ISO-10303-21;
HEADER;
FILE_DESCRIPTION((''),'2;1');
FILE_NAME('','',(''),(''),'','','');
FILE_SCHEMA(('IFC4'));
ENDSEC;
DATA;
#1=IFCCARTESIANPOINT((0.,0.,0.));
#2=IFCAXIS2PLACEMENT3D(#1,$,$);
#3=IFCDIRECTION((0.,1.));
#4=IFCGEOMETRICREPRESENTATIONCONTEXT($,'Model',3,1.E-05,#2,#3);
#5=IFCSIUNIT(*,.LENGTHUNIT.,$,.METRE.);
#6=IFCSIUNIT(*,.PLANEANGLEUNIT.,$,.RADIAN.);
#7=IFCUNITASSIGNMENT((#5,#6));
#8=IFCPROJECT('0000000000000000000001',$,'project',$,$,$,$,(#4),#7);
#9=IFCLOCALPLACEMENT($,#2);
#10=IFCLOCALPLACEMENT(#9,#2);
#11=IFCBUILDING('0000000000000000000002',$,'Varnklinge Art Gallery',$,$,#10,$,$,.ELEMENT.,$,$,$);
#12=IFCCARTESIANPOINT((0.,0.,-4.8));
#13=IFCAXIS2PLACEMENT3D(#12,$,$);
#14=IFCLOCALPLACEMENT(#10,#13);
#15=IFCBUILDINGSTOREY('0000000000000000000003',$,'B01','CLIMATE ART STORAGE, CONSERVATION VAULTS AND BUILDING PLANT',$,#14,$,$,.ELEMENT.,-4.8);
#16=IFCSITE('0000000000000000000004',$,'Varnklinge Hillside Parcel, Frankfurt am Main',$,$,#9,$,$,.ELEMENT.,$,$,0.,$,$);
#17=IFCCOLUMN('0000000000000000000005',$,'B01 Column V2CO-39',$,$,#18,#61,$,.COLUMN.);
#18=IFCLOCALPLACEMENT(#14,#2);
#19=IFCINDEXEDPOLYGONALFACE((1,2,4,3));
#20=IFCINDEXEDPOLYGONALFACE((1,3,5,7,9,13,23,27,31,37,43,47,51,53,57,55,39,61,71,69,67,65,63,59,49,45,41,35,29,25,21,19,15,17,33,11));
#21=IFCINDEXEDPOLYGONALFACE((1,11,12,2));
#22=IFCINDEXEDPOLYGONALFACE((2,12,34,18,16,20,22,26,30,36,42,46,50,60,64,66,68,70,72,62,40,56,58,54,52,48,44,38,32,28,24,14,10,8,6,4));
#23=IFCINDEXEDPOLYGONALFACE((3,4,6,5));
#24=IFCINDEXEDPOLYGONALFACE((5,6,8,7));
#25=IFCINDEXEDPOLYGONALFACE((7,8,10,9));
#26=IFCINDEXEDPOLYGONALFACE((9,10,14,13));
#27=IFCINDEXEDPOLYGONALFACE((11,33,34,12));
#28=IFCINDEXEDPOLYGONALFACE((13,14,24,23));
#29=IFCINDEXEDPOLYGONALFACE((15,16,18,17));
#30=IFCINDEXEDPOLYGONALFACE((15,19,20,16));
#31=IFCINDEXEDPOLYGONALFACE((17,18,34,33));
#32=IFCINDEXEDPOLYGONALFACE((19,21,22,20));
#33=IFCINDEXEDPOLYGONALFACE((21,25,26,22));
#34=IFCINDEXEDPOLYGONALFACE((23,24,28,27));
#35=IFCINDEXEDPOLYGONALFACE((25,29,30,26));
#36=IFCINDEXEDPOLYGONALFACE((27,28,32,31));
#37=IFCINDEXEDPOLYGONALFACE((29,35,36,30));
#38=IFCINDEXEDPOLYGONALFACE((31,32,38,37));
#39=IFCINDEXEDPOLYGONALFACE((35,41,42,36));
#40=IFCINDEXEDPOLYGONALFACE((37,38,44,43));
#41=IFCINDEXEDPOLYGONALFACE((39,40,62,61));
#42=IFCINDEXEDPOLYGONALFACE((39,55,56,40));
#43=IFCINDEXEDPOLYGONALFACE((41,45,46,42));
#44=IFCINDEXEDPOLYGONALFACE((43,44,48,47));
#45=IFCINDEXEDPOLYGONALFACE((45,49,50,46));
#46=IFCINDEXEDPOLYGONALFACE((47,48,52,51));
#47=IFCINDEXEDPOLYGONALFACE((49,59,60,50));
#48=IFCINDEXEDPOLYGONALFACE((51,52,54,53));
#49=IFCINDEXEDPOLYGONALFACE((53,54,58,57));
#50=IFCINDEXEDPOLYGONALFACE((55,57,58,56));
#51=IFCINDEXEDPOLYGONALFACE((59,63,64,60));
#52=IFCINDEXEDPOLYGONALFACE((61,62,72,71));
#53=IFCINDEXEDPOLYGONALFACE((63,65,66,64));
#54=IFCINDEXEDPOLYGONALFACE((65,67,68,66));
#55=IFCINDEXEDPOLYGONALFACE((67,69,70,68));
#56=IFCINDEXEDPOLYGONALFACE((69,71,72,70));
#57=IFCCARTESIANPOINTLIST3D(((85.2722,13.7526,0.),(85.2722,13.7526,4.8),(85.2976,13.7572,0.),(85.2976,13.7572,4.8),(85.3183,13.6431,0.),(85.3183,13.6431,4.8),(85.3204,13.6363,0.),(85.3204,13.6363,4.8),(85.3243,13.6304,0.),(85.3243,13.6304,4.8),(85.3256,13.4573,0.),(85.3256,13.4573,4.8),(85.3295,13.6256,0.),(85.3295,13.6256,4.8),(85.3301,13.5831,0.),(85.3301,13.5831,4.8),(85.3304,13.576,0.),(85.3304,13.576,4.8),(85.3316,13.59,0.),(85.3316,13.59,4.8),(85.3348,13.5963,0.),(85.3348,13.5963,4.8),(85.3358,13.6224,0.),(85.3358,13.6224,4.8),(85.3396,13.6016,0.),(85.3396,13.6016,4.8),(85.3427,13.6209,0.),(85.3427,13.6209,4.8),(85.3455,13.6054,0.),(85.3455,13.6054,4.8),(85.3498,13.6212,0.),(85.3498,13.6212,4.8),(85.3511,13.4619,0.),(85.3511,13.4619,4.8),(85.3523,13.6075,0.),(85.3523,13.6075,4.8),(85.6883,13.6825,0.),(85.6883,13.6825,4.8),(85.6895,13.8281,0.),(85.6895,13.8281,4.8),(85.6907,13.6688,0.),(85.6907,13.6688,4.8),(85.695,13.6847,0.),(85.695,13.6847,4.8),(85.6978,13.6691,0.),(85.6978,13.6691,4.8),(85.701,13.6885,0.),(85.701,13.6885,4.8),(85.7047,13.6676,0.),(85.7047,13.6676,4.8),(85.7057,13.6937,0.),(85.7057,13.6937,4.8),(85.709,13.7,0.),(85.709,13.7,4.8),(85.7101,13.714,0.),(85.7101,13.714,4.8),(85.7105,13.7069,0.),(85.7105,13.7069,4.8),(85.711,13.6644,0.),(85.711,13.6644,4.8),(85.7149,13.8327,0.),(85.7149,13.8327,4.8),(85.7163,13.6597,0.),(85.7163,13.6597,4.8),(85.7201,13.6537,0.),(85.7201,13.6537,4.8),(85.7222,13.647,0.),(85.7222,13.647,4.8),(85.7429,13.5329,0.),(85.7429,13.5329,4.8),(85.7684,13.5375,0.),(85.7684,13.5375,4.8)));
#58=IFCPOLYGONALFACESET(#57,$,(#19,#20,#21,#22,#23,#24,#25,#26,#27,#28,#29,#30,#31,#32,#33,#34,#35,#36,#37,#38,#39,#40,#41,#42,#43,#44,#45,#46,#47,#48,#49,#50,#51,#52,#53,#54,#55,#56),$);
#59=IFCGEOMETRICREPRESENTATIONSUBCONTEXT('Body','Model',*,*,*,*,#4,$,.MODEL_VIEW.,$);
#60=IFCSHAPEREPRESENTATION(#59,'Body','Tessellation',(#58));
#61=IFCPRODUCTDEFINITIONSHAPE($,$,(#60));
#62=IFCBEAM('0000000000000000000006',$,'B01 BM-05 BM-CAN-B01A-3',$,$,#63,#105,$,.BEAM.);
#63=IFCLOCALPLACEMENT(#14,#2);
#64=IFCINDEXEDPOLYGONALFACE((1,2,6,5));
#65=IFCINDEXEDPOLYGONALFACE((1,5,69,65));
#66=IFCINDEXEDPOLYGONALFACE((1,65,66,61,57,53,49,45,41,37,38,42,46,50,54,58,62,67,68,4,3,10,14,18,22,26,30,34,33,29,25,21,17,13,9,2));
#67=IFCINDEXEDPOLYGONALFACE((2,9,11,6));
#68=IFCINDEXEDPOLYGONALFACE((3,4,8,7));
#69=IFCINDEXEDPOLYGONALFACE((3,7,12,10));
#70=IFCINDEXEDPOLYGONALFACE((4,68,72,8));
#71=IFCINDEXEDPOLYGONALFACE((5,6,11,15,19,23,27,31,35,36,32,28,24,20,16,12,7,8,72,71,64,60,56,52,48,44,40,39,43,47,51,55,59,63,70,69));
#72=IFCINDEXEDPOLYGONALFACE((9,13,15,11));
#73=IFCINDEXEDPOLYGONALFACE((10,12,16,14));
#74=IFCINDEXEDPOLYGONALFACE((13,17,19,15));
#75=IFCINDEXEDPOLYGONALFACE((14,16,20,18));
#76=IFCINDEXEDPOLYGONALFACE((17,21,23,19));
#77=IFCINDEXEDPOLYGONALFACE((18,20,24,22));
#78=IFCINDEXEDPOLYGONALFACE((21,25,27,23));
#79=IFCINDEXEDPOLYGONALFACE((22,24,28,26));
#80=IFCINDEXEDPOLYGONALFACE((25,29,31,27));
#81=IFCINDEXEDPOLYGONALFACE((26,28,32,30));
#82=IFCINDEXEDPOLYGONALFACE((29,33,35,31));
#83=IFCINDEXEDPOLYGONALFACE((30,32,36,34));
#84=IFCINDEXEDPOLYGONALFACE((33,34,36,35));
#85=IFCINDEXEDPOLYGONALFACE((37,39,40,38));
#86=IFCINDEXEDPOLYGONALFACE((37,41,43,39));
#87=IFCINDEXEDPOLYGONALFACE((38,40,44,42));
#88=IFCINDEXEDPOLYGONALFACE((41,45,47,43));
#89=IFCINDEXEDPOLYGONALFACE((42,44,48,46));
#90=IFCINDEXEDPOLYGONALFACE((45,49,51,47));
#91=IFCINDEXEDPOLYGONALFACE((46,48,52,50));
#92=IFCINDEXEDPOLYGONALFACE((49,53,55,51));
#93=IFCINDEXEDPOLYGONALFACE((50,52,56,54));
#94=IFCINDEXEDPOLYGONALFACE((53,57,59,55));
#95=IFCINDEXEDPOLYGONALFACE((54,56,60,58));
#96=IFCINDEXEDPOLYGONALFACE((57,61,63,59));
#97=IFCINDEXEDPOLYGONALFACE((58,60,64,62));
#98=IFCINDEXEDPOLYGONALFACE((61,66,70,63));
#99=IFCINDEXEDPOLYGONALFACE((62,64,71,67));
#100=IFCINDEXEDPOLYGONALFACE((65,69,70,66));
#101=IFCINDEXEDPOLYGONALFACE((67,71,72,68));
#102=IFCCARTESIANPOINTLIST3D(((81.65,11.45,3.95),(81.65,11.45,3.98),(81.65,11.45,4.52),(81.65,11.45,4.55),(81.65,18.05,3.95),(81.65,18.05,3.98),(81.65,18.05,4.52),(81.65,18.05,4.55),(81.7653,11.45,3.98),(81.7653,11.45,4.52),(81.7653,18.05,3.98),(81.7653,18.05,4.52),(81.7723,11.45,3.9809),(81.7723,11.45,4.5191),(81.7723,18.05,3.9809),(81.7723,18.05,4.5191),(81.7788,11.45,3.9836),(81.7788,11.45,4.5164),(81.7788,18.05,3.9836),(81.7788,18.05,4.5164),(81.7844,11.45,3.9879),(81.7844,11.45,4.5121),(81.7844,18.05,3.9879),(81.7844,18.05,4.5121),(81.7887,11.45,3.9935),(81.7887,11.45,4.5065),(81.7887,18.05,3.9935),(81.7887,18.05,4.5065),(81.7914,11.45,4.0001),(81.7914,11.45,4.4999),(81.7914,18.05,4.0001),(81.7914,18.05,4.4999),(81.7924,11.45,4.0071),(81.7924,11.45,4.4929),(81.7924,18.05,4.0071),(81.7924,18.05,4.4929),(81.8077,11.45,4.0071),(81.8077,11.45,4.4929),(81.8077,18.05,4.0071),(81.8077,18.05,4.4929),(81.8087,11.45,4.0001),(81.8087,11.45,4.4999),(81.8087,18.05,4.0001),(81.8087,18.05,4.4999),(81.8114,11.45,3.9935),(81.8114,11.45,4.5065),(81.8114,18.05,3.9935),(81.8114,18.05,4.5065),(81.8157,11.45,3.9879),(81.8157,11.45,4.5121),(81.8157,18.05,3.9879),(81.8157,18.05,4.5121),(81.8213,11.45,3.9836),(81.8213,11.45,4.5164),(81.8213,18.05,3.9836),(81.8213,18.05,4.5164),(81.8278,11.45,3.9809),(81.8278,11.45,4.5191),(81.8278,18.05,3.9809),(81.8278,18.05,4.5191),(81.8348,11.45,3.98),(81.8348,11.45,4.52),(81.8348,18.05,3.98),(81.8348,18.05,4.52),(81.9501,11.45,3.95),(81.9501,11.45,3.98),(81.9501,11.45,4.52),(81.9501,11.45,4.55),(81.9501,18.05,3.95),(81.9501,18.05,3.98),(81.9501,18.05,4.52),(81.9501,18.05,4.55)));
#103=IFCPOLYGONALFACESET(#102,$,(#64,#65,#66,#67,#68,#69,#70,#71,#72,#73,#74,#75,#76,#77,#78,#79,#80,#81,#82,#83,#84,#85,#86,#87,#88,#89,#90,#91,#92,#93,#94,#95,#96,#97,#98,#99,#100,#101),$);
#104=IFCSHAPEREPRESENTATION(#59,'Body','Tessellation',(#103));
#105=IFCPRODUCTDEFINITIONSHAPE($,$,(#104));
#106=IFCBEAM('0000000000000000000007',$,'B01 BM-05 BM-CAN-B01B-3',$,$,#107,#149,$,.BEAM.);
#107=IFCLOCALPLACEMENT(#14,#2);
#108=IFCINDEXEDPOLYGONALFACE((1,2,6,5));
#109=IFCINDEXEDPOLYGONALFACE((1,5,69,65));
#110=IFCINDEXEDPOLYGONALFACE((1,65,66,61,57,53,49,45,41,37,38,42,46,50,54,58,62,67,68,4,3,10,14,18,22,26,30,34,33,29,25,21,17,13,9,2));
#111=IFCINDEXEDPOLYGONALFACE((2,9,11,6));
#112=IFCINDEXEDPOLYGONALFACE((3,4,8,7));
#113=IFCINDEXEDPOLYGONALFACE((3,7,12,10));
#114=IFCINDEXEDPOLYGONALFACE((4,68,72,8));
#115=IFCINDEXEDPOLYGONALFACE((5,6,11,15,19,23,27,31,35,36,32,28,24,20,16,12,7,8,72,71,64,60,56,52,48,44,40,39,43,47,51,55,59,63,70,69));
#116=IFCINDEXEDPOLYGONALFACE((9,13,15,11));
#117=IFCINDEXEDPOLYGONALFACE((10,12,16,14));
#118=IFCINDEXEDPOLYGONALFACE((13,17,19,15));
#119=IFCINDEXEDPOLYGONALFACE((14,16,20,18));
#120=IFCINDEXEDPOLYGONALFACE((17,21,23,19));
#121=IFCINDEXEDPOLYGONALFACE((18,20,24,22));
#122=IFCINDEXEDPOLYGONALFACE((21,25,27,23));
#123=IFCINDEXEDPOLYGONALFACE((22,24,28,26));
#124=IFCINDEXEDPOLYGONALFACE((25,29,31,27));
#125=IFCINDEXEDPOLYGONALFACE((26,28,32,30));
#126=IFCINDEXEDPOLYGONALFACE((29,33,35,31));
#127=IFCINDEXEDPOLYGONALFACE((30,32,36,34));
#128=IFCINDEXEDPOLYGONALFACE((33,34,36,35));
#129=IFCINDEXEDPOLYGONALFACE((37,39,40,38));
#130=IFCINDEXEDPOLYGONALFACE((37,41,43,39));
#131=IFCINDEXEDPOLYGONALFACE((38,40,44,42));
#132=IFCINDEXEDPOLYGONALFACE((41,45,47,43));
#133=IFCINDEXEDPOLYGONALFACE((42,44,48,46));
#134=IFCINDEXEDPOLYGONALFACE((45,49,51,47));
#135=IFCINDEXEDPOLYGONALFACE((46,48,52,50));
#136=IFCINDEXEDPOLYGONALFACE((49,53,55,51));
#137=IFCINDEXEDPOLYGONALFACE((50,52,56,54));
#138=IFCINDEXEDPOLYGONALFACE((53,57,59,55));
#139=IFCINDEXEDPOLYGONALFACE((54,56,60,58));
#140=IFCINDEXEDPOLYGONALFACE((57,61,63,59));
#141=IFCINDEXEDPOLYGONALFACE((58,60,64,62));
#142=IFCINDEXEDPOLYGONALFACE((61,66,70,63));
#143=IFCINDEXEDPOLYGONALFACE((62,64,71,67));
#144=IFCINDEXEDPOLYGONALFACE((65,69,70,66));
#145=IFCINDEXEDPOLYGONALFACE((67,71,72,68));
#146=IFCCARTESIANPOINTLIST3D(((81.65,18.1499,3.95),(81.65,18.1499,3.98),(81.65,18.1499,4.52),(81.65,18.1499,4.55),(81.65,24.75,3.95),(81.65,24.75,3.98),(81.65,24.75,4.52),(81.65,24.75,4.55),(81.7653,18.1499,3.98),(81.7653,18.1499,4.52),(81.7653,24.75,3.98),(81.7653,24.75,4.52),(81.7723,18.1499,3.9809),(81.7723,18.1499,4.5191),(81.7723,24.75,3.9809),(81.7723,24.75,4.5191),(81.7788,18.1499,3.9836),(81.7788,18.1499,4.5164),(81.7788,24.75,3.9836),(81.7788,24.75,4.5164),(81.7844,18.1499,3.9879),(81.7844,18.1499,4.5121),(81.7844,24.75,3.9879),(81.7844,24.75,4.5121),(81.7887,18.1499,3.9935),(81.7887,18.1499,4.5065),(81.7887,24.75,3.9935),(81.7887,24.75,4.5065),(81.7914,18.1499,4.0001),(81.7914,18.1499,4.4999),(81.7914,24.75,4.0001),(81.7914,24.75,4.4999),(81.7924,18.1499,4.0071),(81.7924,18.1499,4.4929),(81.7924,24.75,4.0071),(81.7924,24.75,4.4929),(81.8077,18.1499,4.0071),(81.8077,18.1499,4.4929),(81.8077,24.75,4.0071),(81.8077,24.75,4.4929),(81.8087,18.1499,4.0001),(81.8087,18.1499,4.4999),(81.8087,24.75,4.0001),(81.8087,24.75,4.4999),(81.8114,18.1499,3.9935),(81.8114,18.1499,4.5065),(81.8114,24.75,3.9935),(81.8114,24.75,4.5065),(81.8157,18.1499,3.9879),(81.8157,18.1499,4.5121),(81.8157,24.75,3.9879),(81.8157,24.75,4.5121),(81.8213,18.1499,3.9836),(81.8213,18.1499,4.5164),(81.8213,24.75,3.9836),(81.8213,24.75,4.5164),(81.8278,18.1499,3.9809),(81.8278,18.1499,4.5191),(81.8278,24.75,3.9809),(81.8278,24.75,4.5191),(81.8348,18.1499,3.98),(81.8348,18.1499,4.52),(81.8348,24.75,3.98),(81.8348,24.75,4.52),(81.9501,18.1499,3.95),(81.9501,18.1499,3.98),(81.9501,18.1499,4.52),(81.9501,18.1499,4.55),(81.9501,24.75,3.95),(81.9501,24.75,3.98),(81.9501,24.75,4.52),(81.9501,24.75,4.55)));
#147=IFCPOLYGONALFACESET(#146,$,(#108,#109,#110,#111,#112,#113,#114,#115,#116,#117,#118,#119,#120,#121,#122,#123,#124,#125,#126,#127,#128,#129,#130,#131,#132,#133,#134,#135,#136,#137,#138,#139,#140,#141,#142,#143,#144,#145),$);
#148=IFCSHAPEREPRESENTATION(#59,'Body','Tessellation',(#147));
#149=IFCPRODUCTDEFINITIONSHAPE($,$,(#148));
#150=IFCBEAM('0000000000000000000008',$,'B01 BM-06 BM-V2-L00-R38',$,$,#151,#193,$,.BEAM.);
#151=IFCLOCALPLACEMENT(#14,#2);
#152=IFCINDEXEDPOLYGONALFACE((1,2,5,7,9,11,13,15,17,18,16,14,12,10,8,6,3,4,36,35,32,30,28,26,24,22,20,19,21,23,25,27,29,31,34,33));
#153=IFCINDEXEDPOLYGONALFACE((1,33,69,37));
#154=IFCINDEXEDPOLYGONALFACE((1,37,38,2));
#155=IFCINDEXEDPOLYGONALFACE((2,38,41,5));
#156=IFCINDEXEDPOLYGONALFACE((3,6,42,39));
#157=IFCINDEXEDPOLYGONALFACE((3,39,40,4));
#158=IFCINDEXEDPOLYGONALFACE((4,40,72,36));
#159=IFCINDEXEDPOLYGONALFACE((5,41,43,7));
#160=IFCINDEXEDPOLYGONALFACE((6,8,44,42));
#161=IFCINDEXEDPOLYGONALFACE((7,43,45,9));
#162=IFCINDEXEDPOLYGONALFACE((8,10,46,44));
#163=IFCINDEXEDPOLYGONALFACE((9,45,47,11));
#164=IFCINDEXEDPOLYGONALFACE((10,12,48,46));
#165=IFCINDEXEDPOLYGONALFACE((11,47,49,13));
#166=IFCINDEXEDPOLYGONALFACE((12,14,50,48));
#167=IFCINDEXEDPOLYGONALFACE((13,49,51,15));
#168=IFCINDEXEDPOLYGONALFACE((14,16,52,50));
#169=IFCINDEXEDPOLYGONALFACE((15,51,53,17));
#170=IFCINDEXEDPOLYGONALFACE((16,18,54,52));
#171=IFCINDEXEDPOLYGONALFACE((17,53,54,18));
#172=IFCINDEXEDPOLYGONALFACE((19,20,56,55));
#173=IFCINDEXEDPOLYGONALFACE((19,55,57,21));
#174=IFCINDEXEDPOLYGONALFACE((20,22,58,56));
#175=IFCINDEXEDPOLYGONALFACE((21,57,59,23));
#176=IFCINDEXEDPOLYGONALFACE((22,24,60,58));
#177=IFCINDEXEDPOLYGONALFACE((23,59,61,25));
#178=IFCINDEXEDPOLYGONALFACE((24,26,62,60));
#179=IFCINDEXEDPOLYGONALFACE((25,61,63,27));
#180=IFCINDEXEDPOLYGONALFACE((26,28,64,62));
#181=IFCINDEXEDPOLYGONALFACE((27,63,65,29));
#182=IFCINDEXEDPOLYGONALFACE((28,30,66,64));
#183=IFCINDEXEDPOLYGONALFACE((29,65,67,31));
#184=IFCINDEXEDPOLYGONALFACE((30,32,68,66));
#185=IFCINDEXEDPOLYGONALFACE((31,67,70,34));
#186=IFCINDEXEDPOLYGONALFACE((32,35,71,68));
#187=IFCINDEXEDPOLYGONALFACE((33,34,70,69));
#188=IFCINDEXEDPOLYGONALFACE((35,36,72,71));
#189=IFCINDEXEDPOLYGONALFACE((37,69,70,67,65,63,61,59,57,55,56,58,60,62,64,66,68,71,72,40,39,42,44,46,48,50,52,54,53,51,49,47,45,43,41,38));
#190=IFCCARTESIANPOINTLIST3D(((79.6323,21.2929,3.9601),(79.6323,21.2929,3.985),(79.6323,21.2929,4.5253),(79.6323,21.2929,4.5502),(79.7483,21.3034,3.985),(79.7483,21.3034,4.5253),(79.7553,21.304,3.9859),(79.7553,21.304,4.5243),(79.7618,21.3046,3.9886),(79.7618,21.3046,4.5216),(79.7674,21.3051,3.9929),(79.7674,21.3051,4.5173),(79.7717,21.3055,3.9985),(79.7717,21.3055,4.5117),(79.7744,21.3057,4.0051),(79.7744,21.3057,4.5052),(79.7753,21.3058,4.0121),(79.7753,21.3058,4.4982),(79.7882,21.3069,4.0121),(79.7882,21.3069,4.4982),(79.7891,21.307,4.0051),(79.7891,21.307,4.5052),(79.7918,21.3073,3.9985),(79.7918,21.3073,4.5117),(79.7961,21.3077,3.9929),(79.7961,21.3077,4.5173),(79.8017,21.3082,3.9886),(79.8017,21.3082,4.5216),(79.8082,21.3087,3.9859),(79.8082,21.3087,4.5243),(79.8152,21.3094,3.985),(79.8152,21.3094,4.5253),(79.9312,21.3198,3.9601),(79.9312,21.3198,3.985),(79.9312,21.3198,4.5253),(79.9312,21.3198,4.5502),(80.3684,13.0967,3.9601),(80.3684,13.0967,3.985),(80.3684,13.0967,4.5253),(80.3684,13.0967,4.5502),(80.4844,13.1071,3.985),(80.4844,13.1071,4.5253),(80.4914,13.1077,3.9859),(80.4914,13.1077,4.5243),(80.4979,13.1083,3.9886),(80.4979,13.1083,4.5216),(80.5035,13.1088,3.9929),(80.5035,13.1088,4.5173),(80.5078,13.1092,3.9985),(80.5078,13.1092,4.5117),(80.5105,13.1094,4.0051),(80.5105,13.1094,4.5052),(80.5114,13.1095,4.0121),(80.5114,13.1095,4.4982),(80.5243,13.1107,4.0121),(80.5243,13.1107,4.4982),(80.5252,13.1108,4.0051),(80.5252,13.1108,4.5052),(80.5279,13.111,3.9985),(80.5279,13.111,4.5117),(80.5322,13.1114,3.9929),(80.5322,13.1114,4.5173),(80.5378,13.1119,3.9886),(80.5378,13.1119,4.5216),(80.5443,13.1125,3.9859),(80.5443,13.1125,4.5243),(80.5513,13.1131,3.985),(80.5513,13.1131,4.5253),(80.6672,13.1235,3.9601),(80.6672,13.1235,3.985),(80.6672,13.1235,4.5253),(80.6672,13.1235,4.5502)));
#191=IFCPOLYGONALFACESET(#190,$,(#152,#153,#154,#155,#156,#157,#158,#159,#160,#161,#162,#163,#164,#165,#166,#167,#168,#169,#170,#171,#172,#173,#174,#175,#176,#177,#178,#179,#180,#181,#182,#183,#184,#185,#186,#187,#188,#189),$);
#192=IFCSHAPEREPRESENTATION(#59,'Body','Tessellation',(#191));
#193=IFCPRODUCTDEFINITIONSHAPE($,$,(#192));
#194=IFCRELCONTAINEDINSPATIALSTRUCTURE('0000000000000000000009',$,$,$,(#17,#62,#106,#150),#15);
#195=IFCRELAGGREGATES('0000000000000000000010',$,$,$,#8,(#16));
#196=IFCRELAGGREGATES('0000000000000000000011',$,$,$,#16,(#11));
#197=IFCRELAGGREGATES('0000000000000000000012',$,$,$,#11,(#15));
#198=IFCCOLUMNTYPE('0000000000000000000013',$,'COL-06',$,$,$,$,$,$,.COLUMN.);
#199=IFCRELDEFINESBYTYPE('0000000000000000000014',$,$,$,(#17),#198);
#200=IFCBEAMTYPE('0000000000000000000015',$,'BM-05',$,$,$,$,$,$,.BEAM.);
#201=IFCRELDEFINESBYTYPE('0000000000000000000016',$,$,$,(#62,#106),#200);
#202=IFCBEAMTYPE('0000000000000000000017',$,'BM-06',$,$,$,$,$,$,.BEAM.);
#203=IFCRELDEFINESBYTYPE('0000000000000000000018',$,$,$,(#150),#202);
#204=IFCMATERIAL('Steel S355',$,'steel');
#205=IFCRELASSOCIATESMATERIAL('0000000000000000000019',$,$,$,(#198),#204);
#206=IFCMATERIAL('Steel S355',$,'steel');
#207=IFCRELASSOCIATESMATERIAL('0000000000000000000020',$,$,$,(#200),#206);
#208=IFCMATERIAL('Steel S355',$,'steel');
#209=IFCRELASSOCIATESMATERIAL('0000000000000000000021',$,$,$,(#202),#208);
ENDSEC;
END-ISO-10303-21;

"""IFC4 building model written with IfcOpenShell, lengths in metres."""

from ifc_helpers import new_model, si_unit, direction, frame, origin, origin_2d, place, context, subcontext, project, spatial, i_section, extrude, material, material_profile, profile_set, type_object, element, save


model = new_model("IFC4")

# Units and contexts
model_context = context("Model", 3, precision=1e-05, world=origin(), true_north=direction((0.0, 1.0)))
body_context = subcontext(model_context, "Body", "Model", "MODEL_VIEW")
ifc_project = project(units=[si_unit("LENGTHUNIT", "METRE"), si_unit("PLANEANGLEUNIT", "RADIAN")], contexts=[model_context])

# Site, building, storey
site_placement = place(None, origin())
site = spatial("IfcSite", under=ifc_project, at=site_placement, Name="Varnklinge Hillside Parcel, Frankfurt am Main", CompositionType="ELEMENT", RefElevation=0.0)
building_placement = place(site_placement, origin())
building = spatial("IfcBuilding", under=site, at=building_placement, Name="Varnklinge Art Gallery", CompositionType="ELEMENT")
storey_placement = place(building_placement, frame((0.0, 0.0, -4.8)))
storey = spatial("IfcBuildingStorey", under=building, at=storey_placement, Name="B01", Description="CLIMATE ART STORAGE, CONSERVATION VAULTS AND BUILDING PLANT", CompositionType="ELEMENT", Elevation=-4.8)

# Column
ifc_material_1 = material(Name="Steel S355", Category="steel")
ifc_material_profile_1 = material_profile(ifc_material_1, i_section(OverallWidth=0.3, OverallDepth=0.45, WebThickness=0.0139, FlangeThickness=0.0259, FilletRadius=0.0271, at=origin_2d()), Name="HEB 450")
ifc_profile_set_1 = profile_set([ifc_material_profile_1], Name="Steel S355")
column_type_1 = type_object("IfcColumnType", Name="COL-06", PredefinedType="COLUMN", material=ifc_profile_set_1)
for number, where, z_axis, x_axis, name in (
    (1, (85.5203, 13.645, 0.0), (0.0, 0.0, 1.0), (-0.178115, 0.98401, 0.0), "B01 Column V2CO-39"),
):
    element("IfcColumn", number, at=place(storey_placement, frame(where, z_axis=z_axis, x_axis=x_axis)), inside=storey, type_object=column_type_1, Name=name, PredefinedType="COLUMN", context=body_context, shape_type="SweptSolid", body=[
        extrude(i_section(OverallWidth=0.3, OverallDepth=0.45, WebThickness=0.0139, FlangeThickness=0.0259, FilletRadius=0.0271, at=origin_2d()), origin(), (0.0, 0.0, 1.0), 4.8),
    ])

# Beams
ifc_material_2 = material(Name="Steel S355", Category="steel")
ifc_material_profile_2 = material_profile(ifc_material_2, i_section(OverallWidth=0.3, OverallDepth=0.6001, WebThickness=0.0154, FlangeThickness=0.03, FilletRadius=0.0271, at=origin_2d()), Name="HEB 600")
ifc_profile_set_2 = profile_set([ifc_material_profile_2], Name="Steel S355")
beam_type_1 = type_object("IfcBeamType", Name="BM-05", PredefinedType="BEAM", material=ifc_profile_set_2)
for number, where, z_axis, x_axis, name in (
    (2, (81.8, 11.45, 4.25), (0.0, 1.0, 0.0), (-1.0, 0.0, 0.0), "B01 BM-05 BM-CAN-B01A-3"),
    (3, (81.8, 18.1499, 4.25), (0.0, 1.0, 0.0), (-1.0, 0.0, 0.0), "B01 BM-05 BM-CAN-B01B-3"),
):
    element("IfcBeam", number, at=place(storey_placement, frame(where, z_axis=z_axis, x_axis=x_axis)), inside=storey, type_object=beam_type_1, Name=name, PredefinedType="BEAM", context=body_context, shape_type="SweptSolid", body=[
        extrude(i_section(OverallWidth=0.3, OverallDepth=0.6001, WebThickness=0.0154, FlangeThickness=0.03, FilletRadius=0.0271, at=origin_2d()), origin(), (0.0, 0.0, 1.0), 6.6001),
    ])
ifc_material_3 = material(Name="Steel S355", Category="steel")
ifc_material_profile_3 = material_profile(ifc_material_3, i_section(OverallWidth=0.3, OverallDepth=0.5901, WebThickness=0.0129, FlangeThickness=0.0249, FilletRadius=0.0271, at=origin_2d()), Name="HEA 600")
ifc_profile_set_3 = profile_set([ifc_material_profile_3], Name="Steel S355")
beam_type_2 = type_object("IfcBeamType", Name="BM-06", PredefinedType="BEAM", material=ifc_profile_set_3)
for number, where, z_axis, x_axis, name in (
    (4, (80.5178, 13.1101, 4.2551), (-0.089447, 0.995992, 0.0), (-0.995992, -0.089447, 0.0), "B01 BM-06 BM-V2-L00-R38"),
):
    element("IfcBeam", number, at=place(storey_placement, frame(where, z_axis=z_axis, x_axis=x_axis)), inside=storey, type_object=beam_type_2, Name=name, PredefinedType="BEAM", context=body_context, shape_type="SweptSolid", body=[
        extrude(i_section(OverallWidth=0.3, OverallDepth=0.5901, WebThickness=0.0129, FlangeThickness=0.0249, FilletRadius=0.0271, at=origin_2d()), origin(), (0.0, 0.0, 1.0), 8.2292),
    ])

save(model, "model.ifc")
